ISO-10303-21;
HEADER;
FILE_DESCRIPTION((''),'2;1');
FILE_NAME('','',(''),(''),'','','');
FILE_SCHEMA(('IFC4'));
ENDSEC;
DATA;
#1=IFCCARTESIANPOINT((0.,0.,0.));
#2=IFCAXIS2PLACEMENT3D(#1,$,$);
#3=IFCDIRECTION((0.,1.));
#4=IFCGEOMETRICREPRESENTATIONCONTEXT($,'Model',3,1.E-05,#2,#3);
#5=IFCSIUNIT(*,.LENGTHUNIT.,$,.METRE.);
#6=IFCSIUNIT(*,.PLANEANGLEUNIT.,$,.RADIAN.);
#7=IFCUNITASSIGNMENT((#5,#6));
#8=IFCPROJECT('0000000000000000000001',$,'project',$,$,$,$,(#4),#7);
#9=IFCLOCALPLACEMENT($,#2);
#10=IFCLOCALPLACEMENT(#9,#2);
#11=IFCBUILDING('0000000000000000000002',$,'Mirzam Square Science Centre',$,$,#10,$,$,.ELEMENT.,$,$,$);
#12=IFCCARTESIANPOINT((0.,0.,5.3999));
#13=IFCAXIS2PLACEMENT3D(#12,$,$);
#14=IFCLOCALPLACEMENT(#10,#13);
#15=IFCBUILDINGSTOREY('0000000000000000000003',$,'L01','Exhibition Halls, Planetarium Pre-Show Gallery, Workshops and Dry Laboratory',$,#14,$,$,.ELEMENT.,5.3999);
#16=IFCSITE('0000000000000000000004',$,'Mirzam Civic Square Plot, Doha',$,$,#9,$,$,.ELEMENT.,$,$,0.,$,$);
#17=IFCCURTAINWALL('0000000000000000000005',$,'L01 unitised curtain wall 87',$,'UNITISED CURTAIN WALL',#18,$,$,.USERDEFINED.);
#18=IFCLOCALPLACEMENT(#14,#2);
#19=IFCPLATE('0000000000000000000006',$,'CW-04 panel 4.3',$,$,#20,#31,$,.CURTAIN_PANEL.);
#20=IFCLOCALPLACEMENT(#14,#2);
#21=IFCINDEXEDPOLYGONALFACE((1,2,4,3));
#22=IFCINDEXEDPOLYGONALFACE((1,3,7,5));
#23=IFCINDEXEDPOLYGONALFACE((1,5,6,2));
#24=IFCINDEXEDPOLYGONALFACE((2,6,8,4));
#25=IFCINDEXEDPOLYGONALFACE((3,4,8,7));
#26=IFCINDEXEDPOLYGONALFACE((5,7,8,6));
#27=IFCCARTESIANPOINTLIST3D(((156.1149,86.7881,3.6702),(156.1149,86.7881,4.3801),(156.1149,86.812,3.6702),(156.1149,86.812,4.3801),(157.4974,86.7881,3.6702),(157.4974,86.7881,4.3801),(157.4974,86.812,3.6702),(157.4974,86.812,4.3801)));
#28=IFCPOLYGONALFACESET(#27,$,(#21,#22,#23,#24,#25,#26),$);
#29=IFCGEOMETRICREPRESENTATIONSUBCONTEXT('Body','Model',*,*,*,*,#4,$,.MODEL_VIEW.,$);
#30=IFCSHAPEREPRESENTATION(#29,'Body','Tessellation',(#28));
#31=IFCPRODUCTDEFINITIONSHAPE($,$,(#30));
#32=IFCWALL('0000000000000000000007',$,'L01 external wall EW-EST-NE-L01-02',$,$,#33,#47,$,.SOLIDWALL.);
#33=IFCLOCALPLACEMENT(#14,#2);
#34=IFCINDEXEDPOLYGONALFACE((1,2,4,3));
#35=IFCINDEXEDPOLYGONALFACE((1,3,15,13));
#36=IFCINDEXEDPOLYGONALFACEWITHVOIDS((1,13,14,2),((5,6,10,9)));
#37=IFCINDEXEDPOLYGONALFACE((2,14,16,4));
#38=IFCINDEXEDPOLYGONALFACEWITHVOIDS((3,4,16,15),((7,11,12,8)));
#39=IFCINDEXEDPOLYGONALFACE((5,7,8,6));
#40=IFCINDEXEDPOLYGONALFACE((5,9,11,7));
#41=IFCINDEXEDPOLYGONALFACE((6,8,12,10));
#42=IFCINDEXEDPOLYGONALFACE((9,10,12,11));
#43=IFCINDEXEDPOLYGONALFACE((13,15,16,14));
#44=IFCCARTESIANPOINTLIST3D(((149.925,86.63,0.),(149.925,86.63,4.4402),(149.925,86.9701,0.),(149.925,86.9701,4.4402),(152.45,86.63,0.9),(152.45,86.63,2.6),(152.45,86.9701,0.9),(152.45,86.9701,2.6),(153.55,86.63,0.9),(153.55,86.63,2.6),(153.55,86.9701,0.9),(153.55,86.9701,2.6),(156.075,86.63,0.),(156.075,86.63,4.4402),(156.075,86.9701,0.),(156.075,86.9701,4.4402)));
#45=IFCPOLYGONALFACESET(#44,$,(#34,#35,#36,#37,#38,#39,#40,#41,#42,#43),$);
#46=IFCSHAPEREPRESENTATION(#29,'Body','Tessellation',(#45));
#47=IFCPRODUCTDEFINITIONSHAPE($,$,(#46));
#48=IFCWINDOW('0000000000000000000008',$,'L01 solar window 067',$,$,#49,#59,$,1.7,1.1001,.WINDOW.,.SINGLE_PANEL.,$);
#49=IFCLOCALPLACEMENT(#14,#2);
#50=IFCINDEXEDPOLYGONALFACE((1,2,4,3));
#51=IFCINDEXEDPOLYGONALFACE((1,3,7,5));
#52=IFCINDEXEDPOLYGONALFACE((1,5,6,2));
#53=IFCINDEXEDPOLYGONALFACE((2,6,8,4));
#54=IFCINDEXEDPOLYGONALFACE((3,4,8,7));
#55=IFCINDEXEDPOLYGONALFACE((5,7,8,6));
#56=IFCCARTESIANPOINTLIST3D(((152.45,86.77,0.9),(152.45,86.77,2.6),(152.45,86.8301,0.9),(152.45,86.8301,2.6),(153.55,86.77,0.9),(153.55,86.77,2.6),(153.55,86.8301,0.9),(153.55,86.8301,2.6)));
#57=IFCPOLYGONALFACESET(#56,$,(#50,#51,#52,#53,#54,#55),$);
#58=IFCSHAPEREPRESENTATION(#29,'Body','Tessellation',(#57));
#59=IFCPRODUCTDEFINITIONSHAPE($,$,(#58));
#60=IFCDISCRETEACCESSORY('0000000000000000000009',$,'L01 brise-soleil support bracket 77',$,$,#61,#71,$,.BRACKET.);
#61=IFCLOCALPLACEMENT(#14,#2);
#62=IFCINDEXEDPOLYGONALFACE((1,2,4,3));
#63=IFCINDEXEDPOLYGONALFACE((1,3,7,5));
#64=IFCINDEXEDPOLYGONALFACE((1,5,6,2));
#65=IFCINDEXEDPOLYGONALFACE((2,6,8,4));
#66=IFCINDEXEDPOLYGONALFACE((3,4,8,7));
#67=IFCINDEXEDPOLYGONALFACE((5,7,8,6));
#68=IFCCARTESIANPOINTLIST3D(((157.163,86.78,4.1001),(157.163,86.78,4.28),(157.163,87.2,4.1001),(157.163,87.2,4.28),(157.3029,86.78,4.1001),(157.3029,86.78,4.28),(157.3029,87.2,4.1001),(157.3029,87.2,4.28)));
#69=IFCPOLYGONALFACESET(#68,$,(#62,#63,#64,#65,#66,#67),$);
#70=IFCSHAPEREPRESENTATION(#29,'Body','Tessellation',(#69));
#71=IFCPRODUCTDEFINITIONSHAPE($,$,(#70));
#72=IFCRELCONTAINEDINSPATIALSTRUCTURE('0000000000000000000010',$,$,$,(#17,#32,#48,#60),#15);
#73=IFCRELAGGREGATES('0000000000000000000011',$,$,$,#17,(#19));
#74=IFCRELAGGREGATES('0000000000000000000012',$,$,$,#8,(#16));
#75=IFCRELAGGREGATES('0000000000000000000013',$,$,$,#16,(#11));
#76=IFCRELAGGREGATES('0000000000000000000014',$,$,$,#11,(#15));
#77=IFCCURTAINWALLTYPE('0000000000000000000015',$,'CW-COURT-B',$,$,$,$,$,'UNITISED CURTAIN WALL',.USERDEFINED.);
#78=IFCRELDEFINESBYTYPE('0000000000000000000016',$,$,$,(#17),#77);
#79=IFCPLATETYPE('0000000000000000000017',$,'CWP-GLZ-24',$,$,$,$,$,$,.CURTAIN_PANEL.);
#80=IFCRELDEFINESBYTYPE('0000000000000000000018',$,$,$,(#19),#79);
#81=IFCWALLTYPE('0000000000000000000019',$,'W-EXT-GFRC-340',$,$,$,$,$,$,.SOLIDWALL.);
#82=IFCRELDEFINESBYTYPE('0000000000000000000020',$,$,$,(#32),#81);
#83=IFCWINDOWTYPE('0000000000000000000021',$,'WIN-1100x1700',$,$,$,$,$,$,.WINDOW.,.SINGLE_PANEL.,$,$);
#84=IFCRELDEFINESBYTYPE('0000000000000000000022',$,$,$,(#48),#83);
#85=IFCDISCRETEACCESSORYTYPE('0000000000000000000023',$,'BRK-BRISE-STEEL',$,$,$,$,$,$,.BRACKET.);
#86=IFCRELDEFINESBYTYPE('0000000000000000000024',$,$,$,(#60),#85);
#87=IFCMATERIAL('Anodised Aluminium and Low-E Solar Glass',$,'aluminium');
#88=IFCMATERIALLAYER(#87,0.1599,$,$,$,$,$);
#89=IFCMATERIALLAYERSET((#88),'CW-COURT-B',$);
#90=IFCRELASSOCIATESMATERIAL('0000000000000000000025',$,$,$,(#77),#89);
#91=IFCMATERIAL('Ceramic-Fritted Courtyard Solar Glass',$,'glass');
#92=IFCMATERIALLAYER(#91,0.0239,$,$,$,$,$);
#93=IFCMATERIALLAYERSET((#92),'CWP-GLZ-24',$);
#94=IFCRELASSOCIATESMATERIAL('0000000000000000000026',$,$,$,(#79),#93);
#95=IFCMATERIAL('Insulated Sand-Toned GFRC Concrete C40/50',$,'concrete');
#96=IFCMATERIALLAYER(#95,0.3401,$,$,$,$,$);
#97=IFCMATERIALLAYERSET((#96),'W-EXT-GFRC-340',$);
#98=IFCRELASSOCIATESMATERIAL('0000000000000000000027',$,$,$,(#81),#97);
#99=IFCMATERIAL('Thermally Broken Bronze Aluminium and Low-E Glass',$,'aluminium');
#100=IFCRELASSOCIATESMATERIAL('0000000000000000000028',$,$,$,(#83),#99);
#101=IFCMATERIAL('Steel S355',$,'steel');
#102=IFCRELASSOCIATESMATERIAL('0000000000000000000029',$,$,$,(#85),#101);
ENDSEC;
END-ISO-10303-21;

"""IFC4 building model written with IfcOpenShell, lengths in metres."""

from ifc_helpers import new_model, si_unit, direction, frame, frame_2d, origin, origin_2d, place, context, subcontext, project, spatial, rectangle, extrude, material, layer, layer_set, type_object, element, fill, aggregate, save


model = new_model("IFC4")

# Units and contexts
model_context = context("Model", 3, precision=1e-05, world=origin(), true_north=direction((0.0, 1.0)))
body_context = subcontext(model_context, "Body", "Model", "MODEL_VIEW")
ifc_project = project(units=[si_unit("LENGTHUNIT", "METRE"), si_unit("PLANEANGLEUNIT", "RADIAN")], contexts=[model_context])

# Site, building, storey
site_placement = place(None, origin())
site = spatial("IfcSite", under=ifc_project, at=site_placement, Name="Mirzam Civic Square Plot, Doha", CompositionType="ELEMENT", RefElevation=0.0)
building_placement = place(site_placement, origin())
building = spatial("IfcBuilding", under=site, at=building_placement, Name="Mirzam Square Science Centre", CompositionType="ELEMENT")
storey_placement = place(building_placement, frame((0.0, 0.0, 5.3999)))
storey = spatial("IfcBuildingStorey", under=building, at=storey_placement, Name="L01", Description="Exhibition Halls, Planetarium Pre-Show Gallery, Workshops and Dry Laboratory", CompositionType="ELEMENT", Elevation=5.3999)

# Shared definitions
ifc_material_1 = material(Name="Steel S355", Category="steel")

# Curtain wall
ifc_material_2 = material(Name="Anodised Aluminium and Low-E Solar Glass", Category="aluminium")
ifc_layer_1 = layer(ifc_material_2, 0.1599)
ifc_layer_set_1 = layer_set([ifc_layer_1], Name="CW-COURT-B")
curtain_wall_type = type_object("IfcCurtainWallType", Name="CW-COURT-B", ElementType="UNITISED CURTAIN WALL", PredefinedType="USERDEFINED", material=ifc_layer_set_1)
curtain_wall_placement = place(storey_placement, origin())
curtain_wall = element("IfcCurtainWall", 1, at=curtain_wall_placement, inside=storey, type_object=curtain_wall_type, Name="L01 unitised curtain wall 87", ObjectType="UNITISED CURTAIN WALL", PredefinedType="USERDEFINED")

# Plate
ifc_material_3 = material(Name="Ceramic-Fritted Courtyard Solar Glass", Category="glass")
ifc_layer_2 = layer(ifc_material_3, 0.0239)
ifc_layer_set_2 = layer_set([ifc_layer_2], Name="CWP-GLZ-24")
plate_type = type_object("IfcPlateType", Name="CWP-GLZ-24", PredefinedType="CURTAIN_PANEL", material=ifc_layer_set_2)
plate_1_placement = place(storey_placement, frame((156.8062, 86.8, 3.6702), z_axis=(0.0, 0.0, 1.0), x_axis=(-1.0, 0.0, 0.0)))
plate_1 = element("IfcPlate", 2, at=plate_1_placement, type_object=plate_type, Name="CW-04 panel 4.3", PredefinedType="CURTAIN_PANEL", context=body_context, shape_type="SweptSolid", body=[
    extrude(rectangle(XDim=1.3826, YDim=0.0239, at=origin_2d()), origin(), (0.0, 0.0, 1.0), 0.71),
])
aggregate(curtain_wall, [plate_1])

# Wall, opening, window
ifc_material_4 = material(Name="Insulated Sand-Toned GFRC Concrete C40/50", Category="concrete")
ifc_layer_3 = layer(ifc_material_4, 0.3401)
ifc_layer_set_3 = layer_set([ifc_layer_3], Name="W-EXT-GFRC-340")
wall_type = type_object("IfcWallType", Name="W-EXT-GFRC-340", PredefinedType="SOLIDWALL", material=ifc_layer_set_3)
wall_placement = place(storey_placement, frame((156.075, 86.8, 0.0), z_axis=(0.0, 0.0, 1.0), x_axis=(-1.0, 0.0, 0.0)))
wall = element("IfcWall", 3, at=wall_placement, inside=storey, type_object=wall_type, Name="L01 external wall EW-EST-NE-L01-02", PredefinedType="SOLIDWALL", context=body_context, shape_type="SweptSolid", body=[
    extrude(rectangle(XDim=6.1499, YDim=0.3401, at=frame_2d((3.075, 0.0))), origin(), (0.0, 0.0, 1.0), 4.4402),
])
opening_placement = place(wall_placement, frame((2.5249, 0.0, 0.8999)))
opening = element("IfcOpeningElement", 4, at=opening_placement, cuts=wall, PredefinedType="OPENING", context=body_context, shape_type="SweptSolid", body=[
    extrude(rectangle(XDim=1.1001, YDim=1.7, at=frame_2d((0.55, 0.8501))), frame((0.0, 0.1799, 0.0), z_axis=(0.0, -1.0, 0.0), x_axis=(1.0, 0.0, 0.0)), (0.0, 0.0, 1.0), 0.3601),
])
ifc_material_5 = material(Name="Thermally Broken Bronze Aluminium and Low-E Glass", Category="aluminium")
window_type = type_object("IfcWindowType", Name="WIN-1100x1700", PartitioningType="SINGLE_PANEL", PredefinedType="WINDOW", material=ifc_material_5)
window_placement = place(opening_placement, origin())
window = element("IfcWindow", 5, at=window_placement, inside=storey, type_object=window_type, Name="L01 solar window 067", OverallHeight=1.7, OverallWidth=1.1001, PartitioningType="SINGLE_PANEL", PredefinedType="WINDOW", context=body_context, shape_type="SweptSolid", body=[
    extrude(rectangle(XDim=1.1001, YDim=1.7, at=frame_2d((0.55, 0.8501))), frame((0.0, 0.03, 0.0), z_axis=(0.0, -1.0, 0.0), x_axis=(1.0, 0.0, 0.0)), (0.0, 0.0, 1.0), 0.0601),
])
fill(opening, window)

# Discrete accessory
discrete_accessory_type = type_object("IfcDiscreteAccessoryType", Name="BRK-BRISE-STEEL", PredefinedType="BRACKET", material=ifc_material_1)
discrete_accessory_placement = place(storey_placement, frame((157.2329, 86.99, 4.1001), z_axis=(0.0, 0.0, 1.0), x_axis=(-1.0, 0.0, 0.0)))
element("IfcDiscreteAccessory", 6, at=discrete_accessory_placement, inside=storey, type_object=discrete_accessory_type, Name="L01 brise-soleil support bracket 77", PredefinedType="BRACKET", context=body_context, shape_type="SweptSolid", body=[
    extrude(rectangle(XDim=0.1399, YDim=0.4199, at=origin_2d()), origin(), (0.0, 0.0, 1.0), 0.1799),
])

save(model, "model.ifc")
